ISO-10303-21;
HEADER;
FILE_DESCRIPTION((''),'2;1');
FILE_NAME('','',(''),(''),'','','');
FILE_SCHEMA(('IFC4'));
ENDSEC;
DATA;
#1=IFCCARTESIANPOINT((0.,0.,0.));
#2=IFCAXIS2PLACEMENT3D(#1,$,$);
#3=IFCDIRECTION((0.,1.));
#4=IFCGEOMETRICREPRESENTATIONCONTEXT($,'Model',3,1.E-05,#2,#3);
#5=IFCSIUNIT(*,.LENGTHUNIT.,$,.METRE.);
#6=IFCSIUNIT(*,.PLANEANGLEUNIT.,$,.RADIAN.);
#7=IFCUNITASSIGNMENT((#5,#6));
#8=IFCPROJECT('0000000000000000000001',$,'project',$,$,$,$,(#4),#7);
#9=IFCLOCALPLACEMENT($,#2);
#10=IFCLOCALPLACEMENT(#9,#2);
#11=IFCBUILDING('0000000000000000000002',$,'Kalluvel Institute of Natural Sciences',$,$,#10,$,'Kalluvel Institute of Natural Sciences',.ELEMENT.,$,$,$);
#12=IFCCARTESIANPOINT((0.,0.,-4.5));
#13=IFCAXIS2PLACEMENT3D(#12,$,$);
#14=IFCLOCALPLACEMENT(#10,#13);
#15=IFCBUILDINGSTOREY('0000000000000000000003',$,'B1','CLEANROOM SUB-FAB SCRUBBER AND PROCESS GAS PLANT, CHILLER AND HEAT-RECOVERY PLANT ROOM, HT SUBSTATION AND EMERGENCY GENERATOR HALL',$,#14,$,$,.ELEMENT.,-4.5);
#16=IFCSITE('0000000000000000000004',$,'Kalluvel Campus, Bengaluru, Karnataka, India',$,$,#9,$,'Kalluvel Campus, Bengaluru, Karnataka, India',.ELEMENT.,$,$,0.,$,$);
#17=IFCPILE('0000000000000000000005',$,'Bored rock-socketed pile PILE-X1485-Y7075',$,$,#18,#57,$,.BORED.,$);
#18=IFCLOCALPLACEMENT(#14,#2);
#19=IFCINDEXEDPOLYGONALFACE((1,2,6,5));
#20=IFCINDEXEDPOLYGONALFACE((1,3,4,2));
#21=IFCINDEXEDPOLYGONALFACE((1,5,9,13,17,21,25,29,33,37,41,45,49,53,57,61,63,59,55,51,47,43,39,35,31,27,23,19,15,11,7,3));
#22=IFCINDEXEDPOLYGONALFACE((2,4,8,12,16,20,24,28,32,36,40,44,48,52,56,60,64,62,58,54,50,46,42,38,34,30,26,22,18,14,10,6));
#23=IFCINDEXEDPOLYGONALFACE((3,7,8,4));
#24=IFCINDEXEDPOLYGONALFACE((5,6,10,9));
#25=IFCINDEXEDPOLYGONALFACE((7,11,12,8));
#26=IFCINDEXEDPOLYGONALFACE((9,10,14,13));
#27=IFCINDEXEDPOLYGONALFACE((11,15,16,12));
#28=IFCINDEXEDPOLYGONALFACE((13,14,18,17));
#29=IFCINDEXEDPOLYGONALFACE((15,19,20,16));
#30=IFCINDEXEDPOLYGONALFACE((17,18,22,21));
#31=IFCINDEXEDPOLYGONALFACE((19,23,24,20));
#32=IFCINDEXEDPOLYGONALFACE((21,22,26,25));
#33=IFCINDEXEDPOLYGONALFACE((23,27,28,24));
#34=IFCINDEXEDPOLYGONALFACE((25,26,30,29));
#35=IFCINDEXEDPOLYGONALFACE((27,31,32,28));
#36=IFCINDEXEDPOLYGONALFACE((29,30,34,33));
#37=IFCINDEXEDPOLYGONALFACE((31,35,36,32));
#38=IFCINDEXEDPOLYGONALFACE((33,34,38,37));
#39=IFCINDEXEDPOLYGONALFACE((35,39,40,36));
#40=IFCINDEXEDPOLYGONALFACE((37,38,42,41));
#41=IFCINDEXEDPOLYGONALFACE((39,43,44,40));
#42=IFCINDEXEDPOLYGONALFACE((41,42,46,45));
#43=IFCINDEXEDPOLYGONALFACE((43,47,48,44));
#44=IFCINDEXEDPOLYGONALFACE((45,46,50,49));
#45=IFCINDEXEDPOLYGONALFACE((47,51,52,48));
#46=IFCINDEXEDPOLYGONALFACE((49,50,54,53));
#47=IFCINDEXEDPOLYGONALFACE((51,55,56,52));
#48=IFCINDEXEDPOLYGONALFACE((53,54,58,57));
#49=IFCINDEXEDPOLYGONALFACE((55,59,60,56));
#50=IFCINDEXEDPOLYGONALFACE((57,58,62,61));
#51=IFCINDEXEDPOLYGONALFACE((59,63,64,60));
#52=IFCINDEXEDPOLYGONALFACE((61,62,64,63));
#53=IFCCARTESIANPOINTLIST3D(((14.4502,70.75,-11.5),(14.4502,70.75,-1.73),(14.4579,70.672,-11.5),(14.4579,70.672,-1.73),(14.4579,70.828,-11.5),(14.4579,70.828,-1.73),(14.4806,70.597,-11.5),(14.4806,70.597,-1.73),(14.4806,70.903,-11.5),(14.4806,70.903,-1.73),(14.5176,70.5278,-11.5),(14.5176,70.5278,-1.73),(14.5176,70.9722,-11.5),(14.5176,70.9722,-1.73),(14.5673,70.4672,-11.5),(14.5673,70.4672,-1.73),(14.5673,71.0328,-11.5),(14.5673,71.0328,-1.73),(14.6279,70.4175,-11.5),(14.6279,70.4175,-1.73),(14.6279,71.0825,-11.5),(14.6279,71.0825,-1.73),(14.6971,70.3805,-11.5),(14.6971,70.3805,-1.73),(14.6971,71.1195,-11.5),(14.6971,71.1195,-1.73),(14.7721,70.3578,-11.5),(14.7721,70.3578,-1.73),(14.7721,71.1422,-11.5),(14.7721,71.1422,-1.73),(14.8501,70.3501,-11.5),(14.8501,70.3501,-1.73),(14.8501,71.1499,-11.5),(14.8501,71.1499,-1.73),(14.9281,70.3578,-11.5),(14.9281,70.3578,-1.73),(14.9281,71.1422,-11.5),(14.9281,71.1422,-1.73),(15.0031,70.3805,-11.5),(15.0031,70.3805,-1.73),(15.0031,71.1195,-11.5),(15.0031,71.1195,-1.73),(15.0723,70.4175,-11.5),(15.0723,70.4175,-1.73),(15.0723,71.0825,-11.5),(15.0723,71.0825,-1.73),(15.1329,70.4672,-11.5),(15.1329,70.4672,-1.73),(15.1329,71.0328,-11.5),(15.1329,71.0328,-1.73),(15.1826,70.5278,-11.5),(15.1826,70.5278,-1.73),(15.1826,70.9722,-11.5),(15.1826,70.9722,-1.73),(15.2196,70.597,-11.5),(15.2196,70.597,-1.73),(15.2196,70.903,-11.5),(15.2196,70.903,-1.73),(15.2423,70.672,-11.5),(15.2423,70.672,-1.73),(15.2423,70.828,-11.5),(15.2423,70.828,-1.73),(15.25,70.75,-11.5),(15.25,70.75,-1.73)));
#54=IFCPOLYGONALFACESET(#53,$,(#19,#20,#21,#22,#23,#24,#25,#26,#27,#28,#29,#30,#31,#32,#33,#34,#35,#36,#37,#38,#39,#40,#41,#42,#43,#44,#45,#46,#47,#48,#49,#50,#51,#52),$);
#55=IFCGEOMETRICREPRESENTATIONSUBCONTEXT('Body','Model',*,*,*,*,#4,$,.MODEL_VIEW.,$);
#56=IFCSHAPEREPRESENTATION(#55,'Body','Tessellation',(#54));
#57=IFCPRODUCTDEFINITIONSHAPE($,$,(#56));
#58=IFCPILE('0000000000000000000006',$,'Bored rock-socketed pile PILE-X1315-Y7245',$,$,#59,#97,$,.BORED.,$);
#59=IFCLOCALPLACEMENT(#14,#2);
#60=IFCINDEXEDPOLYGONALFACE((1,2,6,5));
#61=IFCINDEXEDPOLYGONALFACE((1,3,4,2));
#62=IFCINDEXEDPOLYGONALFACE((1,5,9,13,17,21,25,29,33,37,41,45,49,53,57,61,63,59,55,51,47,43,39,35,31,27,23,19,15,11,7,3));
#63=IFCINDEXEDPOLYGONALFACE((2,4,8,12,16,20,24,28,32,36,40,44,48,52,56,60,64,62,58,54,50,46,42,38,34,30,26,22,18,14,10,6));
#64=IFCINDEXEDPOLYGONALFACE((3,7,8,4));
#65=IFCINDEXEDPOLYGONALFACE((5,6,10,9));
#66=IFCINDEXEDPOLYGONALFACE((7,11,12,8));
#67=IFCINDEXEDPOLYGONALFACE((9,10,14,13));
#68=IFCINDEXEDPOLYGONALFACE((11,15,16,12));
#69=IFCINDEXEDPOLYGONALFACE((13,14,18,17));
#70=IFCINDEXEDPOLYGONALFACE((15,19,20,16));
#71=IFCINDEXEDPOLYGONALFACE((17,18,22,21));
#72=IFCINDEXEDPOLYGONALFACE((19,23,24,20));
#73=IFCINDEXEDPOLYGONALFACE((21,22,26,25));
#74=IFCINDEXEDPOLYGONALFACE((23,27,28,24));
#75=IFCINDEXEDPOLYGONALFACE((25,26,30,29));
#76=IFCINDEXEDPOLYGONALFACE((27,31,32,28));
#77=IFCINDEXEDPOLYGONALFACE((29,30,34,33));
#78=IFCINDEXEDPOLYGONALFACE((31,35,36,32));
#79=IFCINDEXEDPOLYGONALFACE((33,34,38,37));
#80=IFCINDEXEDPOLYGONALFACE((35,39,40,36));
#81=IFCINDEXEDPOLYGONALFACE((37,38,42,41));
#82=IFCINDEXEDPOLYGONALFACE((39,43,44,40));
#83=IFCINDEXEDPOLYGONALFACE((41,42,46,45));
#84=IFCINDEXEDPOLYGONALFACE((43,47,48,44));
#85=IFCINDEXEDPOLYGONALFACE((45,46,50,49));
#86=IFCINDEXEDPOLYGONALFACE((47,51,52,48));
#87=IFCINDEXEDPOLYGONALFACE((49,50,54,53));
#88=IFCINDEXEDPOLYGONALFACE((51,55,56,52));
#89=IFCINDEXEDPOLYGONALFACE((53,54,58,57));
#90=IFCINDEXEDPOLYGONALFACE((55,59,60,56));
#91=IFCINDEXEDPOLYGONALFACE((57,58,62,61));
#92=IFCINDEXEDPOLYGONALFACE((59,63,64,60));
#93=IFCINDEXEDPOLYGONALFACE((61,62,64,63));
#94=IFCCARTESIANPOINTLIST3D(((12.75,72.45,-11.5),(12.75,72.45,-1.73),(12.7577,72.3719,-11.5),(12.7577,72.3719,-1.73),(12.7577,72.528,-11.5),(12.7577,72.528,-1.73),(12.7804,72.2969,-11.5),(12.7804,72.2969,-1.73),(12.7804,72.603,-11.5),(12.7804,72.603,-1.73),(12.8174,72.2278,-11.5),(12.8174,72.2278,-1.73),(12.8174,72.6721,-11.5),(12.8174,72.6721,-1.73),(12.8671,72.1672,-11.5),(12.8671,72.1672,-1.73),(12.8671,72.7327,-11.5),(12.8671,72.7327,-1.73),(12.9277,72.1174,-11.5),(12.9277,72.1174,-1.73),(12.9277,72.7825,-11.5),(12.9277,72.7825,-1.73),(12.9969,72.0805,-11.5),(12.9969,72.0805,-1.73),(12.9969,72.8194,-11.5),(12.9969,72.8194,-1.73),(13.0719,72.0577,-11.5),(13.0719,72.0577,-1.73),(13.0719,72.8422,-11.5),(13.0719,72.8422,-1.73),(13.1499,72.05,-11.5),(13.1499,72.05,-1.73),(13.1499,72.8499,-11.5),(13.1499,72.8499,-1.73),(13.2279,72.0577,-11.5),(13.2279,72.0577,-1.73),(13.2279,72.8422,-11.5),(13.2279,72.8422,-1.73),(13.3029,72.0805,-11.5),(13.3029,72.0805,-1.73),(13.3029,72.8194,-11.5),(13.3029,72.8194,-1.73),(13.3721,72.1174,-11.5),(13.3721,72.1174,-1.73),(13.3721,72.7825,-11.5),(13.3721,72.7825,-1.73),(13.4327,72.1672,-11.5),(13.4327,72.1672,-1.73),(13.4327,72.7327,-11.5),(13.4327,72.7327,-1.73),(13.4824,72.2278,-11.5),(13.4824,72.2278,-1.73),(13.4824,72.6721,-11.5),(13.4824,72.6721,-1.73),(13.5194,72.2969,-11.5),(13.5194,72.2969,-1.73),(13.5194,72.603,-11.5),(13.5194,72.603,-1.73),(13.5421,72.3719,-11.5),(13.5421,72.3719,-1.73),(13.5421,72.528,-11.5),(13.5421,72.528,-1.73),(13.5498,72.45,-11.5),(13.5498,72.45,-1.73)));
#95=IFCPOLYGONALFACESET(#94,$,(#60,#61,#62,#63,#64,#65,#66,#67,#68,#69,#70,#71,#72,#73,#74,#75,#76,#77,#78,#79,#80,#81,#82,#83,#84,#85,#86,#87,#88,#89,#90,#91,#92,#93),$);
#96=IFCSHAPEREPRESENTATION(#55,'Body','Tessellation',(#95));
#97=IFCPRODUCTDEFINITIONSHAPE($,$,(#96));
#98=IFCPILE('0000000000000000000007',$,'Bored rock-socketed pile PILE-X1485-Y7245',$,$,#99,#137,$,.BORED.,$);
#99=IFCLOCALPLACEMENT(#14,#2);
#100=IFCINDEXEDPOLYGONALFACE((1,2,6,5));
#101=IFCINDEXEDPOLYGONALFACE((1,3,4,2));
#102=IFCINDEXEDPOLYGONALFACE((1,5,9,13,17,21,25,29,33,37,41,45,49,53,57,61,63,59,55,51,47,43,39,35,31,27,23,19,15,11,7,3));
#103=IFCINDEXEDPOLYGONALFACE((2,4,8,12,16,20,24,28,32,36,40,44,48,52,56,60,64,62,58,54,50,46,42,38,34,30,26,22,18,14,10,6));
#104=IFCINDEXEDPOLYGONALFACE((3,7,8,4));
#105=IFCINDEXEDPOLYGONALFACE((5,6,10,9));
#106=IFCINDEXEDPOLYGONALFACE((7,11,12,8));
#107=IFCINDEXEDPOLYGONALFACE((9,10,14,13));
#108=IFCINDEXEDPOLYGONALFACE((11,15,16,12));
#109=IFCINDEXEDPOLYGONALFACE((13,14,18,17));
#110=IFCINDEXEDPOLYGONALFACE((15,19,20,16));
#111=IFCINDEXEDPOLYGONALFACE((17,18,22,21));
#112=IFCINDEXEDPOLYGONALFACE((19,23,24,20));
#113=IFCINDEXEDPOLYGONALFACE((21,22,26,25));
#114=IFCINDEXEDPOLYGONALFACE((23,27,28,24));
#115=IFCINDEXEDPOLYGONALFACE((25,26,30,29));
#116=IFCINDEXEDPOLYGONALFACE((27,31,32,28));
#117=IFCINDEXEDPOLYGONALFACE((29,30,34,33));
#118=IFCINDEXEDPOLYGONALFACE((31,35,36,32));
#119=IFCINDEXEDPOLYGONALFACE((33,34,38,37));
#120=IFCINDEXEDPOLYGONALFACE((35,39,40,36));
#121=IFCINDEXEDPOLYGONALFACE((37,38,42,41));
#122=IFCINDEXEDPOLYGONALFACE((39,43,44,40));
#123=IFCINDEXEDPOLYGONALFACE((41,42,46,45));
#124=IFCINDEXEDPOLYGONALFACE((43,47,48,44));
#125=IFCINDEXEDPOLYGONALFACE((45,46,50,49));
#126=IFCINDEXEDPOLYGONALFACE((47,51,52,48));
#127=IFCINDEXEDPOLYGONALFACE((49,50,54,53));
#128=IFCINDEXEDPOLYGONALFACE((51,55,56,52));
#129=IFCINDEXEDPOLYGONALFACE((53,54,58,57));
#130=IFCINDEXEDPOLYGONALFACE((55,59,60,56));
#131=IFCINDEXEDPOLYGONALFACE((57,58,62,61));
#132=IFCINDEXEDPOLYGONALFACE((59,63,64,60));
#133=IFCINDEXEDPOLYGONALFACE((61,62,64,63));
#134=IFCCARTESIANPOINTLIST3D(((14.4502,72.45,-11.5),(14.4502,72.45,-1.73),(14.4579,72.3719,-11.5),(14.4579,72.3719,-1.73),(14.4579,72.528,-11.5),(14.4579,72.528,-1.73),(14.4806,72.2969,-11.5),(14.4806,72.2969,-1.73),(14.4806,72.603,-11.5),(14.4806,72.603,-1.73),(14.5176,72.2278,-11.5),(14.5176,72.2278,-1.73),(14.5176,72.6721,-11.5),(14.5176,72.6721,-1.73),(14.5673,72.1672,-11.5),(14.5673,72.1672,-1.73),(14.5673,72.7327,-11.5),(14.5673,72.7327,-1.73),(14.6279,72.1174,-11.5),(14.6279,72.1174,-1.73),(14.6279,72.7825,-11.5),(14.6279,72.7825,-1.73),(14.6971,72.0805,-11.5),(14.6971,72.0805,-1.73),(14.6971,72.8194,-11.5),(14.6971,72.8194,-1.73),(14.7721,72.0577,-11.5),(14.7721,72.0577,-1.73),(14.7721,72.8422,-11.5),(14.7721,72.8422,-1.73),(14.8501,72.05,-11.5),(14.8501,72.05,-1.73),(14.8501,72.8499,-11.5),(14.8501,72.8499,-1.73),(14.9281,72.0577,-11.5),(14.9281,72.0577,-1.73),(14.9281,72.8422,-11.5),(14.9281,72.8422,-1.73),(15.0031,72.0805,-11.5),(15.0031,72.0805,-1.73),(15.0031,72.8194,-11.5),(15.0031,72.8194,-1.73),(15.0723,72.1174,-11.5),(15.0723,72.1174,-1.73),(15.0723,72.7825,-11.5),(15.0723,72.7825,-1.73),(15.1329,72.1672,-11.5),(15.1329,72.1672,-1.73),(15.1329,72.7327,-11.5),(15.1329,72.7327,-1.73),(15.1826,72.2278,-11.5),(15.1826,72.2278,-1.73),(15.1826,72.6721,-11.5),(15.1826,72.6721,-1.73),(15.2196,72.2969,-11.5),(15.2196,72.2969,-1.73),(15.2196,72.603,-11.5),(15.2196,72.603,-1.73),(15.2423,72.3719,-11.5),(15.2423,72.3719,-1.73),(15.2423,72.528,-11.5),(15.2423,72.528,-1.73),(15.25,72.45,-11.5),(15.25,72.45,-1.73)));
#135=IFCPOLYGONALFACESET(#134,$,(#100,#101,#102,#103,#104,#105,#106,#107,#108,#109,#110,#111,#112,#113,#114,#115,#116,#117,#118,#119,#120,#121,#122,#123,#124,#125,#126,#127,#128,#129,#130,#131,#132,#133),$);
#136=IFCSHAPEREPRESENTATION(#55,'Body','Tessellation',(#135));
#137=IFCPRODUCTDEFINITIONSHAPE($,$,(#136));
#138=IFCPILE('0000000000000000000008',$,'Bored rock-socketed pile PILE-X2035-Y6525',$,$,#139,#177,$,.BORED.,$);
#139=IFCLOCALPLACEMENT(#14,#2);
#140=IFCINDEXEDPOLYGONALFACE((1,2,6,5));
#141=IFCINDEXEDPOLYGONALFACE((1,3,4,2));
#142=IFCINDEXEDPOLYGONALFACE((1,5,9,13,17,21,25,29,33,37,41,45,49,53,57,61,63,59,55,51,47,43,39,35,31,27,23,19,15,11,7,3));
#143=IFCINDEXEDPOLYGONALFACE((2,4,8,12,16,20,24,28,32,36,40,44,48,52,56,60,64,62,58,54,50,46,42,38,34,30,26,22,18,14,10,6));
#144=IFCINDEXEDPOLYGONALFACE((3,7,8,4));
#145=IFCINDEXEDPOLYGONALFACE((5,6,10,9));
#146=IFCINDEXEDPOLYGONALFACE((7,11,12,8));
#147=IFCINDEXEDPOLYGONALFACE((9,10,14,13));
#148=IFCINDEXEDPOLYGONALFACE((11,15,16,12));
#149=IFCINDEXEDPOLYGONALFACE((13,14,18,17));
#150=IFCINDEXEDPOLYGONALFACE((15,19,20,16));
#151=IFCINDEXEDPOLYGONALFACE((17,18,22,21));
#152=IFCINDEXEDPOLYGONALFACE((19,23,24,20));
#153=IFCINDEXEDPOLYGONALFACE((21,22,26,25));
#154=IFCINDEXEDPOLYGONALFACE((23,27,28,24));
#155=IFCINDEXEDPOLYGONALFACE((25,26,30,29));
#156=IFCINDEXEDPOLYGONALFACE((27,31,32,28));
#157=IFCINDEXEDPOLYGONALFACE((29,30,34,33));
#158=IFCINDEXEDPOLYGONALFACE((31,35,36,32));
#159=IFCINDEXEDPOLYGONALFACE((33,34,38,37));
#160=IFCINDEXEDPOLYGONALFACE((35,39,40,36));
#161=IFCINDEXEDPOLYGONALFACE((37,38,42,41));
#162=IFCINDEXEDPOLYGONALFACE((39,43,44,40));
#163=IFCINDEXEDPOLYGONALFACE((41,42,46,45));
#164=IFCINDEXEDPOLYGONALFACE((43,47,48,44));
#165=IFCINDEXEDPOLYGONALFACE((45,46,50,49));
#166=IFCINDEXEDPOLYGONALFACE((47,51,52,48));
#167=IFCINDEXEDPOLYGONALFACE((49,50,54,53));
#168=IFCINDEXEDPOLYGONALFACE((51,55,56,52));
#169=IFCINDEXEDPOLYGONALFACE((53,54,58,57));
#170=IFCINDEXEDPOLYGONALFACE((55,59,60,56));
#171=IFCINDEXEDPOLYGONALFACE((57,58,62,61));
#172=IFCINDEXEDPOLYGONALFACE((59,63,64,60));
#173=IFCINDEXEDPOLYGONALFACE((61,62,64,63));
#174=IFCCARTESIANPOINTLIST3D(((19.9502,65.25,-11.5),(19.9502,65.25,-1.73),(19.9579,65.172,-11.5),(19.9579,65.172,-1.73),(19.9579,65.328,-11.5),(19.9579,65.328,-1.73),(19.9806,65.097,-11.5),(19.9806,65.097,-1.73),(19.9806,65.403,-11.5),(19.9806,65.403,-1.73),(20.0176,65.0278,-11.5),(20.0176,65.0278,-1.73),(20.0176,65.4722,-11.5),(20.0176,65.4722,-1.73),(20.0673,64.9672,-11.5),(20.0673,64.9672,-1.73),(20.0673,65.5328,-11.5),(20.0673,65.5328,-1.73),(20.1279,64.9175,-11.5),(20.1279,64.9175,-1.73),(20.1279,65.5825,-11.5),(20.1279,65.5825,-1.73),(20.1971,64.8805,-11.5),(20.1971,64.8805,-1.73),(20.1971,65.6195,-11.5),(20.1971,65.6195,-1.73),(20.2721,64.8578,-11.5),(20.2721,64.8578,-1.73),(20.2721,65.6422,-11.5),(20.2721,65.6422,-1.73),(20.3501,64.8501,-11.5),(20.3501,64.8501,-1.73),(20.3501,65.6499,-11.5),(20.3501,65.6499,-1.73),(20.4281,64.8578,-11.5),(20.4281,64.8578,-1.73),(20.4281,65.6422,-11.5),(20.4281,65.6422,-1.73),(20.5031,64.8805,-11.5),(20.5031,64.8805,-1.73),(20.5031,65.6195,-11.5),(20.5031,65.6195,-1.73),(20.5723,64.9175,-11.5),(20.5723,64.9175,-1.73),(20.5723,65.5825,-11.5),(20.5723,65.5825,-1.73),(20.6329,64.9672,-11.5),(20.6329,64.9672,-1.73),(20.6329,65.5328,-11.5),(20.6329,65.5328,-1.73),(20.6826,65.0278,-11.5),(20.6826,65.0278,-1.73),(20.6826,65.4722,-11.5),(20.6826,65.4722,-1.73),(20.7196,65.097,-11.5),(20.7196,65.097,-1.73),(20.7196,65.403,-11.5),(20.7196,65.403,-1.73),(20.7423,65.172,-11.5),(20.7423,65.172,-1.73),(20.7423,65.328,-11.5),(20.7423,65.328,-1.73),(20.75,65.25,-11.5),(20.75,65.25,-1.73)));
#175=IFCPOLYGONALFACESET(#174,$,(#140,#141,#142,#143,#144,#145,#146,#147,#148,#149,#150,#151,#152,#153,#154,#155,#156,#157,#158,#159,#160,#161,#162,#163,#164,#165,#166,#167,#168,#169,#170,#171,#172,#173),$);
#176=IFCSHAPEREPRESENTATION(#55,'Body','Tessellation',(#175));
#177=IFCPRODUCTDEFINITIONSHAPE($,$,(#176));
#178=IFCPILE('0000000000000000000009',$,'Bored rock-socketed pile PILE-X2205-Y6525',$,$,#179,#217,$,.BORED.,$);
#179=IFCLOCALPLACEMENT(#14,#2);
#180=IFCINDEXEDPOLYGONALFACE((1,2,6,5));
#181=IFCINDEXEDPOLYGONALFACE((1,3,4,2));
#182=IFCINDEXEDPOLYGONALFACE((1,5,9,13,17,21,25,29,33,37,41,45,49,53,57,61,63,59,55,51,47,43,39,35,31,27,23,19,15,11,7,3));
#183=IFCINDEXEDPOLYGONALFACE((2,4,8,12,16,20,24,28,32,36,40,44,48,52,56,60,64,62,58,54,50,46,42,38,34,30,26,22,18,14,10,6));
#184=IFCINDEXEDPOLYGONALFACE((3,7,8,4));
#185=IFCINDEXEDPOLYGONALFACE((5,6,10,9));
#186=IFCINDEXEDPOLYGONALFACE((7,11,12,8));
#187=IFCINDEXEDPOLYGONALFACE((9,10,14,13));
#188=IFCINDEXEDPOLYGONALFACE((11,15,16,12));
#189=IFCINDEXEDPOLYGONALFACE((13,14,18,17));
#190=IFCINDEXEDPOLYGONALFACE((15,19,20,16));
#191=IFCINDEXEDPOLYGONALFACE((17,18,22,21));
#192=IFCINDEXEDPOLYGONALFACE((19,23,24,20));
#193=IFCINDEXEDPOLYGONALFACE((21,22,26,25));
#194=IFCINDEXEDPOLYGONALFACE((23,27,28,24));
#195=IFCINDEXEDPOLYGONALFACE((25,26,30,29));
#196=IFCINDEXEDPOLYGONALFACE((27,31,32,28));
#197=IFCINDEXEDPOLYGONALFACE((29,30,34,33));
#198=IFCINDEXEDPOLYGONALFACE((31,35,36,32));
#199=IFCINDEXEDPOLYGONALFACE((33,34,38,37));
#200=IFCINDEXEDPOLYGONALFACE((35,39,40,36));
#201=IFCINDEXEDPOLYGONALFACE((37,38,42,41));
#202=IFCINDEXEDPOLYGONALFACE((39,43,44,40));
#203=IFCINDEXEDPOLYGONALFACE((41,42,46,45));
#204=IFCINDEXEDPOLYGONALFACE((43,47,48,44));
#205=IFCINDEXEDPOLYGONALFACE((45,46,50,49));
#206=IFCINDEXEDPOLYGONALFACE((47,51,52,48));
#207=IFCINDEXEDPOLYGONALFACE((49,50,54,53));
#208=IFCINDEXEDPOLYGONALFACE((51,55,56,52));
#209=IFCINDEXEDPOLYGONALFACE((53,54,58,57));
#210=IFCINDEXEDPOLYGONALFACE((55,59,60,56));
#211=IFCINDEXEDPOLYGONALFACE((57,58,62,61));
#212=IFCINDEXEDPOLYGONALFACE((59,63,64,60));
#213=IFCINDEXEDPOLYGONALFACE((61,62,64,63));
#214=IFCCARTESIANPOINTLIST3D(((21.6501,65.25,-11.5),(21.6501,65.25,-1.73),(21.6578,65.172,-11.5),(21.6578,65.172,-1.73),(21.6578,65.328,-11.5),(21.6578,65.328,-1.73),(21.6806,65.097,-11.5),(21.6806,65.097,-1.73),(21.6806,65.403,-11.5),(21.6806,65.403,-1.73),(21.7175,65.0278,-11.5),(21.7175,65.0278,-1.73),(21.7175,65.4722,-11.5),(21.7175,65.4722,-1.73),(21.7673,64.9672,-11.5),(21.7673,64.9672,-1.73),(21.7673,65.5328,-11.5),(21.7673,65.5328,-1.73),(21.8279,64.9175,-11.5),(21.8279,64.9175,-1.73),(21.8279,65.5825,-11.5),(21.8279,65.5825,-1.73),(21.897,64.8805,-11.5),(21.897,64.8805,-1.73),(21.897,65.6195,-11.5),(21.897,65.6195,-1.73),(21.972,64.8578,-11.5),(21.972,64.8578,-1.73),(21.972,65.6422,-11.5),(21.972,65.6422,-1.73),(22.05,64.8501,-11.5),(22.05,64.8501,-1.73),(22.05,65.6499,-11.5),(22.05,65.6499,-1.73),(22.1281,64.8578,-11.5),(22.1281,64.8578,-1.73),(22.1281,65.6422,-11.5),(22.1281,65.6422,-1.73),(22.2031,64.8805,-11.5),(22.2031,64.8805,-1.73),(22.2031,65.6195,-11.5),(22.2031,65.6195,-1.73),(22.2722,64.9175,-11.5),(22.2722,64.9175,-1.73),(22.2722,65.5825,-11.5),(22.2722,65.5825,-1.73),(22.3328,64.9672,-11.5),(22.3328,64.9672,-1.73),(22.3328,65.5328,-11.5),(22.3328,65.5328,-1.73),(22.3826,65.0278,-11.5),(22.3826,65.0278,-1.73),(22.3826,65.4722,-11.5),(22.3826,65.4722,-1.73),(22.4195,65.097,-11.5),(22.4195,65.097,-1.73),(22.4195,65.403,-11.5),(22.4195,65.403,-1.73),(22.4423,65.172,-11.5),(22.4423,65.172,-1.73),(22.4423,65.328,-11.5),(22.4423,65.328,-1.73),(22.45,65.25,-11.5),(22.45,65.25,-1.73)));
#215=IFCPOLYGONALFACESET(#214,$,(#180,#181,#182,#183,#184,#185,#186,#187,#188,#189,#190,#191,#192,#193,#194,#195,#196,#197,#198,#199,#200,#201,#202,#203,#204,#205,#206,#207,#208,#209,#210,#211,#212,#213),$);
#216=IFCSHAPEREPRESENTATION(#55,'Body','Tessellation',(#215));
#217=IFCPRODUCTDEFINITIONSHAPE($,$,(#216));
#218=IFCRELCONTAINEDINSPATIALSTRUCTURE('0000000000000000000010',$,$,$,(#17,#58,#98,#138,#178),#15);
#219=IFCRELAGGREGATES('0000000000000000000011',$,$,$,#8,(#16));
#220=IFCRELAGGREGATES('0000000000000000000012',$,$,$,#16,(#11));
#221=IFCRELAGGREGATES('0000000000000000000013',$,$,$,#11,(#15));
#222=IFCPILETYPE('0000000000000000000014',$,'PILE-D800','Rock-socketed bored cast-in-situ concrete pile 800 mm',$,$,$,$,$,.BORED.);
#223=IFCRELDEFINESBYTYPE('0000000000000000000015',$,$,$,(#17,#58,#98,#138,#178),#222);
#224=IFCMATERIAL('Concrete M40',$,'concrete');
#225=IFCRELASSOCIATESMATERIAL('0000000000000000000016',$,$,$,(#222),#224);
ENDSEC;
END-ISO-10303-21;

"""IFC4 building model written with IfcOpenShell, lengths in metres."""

from ifc_helpers import new_model, si_unit, direction, frame, origin, origin_2d, place, context, subcontext, project, spatial, circle, extrude, material, material_profile, profile_set, type_object, element, save


model = new_model("IFC4")

# Units and contexts
model_context = context("Model", 3, precision=1e-05, world=origin(), true_north=direction((0.0, 1.0)))
body_context = subcontext(model_context, "Body", "Model", "MODEL_VIEW")
ifc_project = project(units=[si_unit("LENGTHUNIT", "METRE"), si_unit("PLANEANGLEUNIT", "RADIAN")], contexts=[model_context])

# Site, building, storey
site_placement = place(None, origin())
site = spatial("IfcSite", under=ifc_project, at=site_placement, Name="Kalluvel Campus, Bengaluru, Karnataka, India", LongName="Kalluvel Campus, Bengaluru, Karnataka, India", CompositionType="ELEMENT", RefElevation=0.0)
building_placement = place(site_placement, origin())
building = spatial("IfcBuilding", under=site, at=building_placement, Name="Kalluvel Institute of Natural Sciences", LongName="Kalluvel Institute of Natural Sciences", CompositionType="ELEMENT")
storey_placement = place(building_placement, frame((0.0, 0.0, -4.5)))
storey = spatial("IfcBuildingStorey", under=building, at=storey_placement, Name="B1", Description="CLEANROOM SUB-FAB SCRUBBER AND PROCESS GAS PLANT, CHILLER AND HEAT-RECOVERY PLANT ROOM, HT SUBSTATION AND EMERGENCY GENERATOR HALL", CompositionType="ELEMENT", Elevation=-4.5)

# Shared definitions
ifc_material_1 = material(Name="Concrete M40", Category="concrete")

# Piles
ifc_material_profile_1 = material_profile(ifc_material_1, circle(Radius=0.3999, at=origin_2d()), Name="PILE D800")
ifc_profile_set_1 = profile_set([ifc_material_profile_1], Name="Concrete M40")
pile_type_1 = type_object("IfcPileType", Name="PILE-D800", Description="Rock-socketed bored cast-in-situ concrete pile 800 mm", PredefinedType="BORED", material=ifc_profile_set_1)
for number, where, z_axis, x_axis, name in (
    (1, (14.8501, 70.75, -1.73), (0.0, 0.0, -1.0), (1.0, 0.0, 0.0), "Bored rock-socketed pile PILE-X1485-Y7075"),
    (2, (13.1499, 72.45, -1.73), (0.0, 0.0, -1.0), (1.0, 0.0, 0.0), "Bored rock-socketed pile PILE-X1315-Y7245"),
    (3, (14.8501, 72.45, -1.73), (0.0, 0.0, -1.0), (1.0, 0.0, 0.0), "Bored rock-socketed pile PILE-X1485-Y7245"),
    (4, (20.3501, 65.25, -1.73), (0.0, 0.0, -1.0), (1.0, 0.0, 0.0), "Bored rock-socketed pile PILE-X2035-Y6525"),
    (5, (22.05, 65.25, -1.73), (0.0, 0.0, -1.0), (1.0, 0.0, 0.0), "Bored rock-socketed pile PILE-X2205-Y6525"),
):
    element("IfcPile", number, at=place(storey_placement, frame(where, z_axis=z_axis, x_axis=x_axis)), inside=storey, type_object=pile_type_1, Name=name, PredefinedType="BORED", context=body_context, shape_type="SweptSolid", body=[
        extrude(circle(Radius=0.3999, at=origin_2d()), origin(), (0.0, 0.0, 1.0), 9.77),
    ])

save(model, "model.ifc")
